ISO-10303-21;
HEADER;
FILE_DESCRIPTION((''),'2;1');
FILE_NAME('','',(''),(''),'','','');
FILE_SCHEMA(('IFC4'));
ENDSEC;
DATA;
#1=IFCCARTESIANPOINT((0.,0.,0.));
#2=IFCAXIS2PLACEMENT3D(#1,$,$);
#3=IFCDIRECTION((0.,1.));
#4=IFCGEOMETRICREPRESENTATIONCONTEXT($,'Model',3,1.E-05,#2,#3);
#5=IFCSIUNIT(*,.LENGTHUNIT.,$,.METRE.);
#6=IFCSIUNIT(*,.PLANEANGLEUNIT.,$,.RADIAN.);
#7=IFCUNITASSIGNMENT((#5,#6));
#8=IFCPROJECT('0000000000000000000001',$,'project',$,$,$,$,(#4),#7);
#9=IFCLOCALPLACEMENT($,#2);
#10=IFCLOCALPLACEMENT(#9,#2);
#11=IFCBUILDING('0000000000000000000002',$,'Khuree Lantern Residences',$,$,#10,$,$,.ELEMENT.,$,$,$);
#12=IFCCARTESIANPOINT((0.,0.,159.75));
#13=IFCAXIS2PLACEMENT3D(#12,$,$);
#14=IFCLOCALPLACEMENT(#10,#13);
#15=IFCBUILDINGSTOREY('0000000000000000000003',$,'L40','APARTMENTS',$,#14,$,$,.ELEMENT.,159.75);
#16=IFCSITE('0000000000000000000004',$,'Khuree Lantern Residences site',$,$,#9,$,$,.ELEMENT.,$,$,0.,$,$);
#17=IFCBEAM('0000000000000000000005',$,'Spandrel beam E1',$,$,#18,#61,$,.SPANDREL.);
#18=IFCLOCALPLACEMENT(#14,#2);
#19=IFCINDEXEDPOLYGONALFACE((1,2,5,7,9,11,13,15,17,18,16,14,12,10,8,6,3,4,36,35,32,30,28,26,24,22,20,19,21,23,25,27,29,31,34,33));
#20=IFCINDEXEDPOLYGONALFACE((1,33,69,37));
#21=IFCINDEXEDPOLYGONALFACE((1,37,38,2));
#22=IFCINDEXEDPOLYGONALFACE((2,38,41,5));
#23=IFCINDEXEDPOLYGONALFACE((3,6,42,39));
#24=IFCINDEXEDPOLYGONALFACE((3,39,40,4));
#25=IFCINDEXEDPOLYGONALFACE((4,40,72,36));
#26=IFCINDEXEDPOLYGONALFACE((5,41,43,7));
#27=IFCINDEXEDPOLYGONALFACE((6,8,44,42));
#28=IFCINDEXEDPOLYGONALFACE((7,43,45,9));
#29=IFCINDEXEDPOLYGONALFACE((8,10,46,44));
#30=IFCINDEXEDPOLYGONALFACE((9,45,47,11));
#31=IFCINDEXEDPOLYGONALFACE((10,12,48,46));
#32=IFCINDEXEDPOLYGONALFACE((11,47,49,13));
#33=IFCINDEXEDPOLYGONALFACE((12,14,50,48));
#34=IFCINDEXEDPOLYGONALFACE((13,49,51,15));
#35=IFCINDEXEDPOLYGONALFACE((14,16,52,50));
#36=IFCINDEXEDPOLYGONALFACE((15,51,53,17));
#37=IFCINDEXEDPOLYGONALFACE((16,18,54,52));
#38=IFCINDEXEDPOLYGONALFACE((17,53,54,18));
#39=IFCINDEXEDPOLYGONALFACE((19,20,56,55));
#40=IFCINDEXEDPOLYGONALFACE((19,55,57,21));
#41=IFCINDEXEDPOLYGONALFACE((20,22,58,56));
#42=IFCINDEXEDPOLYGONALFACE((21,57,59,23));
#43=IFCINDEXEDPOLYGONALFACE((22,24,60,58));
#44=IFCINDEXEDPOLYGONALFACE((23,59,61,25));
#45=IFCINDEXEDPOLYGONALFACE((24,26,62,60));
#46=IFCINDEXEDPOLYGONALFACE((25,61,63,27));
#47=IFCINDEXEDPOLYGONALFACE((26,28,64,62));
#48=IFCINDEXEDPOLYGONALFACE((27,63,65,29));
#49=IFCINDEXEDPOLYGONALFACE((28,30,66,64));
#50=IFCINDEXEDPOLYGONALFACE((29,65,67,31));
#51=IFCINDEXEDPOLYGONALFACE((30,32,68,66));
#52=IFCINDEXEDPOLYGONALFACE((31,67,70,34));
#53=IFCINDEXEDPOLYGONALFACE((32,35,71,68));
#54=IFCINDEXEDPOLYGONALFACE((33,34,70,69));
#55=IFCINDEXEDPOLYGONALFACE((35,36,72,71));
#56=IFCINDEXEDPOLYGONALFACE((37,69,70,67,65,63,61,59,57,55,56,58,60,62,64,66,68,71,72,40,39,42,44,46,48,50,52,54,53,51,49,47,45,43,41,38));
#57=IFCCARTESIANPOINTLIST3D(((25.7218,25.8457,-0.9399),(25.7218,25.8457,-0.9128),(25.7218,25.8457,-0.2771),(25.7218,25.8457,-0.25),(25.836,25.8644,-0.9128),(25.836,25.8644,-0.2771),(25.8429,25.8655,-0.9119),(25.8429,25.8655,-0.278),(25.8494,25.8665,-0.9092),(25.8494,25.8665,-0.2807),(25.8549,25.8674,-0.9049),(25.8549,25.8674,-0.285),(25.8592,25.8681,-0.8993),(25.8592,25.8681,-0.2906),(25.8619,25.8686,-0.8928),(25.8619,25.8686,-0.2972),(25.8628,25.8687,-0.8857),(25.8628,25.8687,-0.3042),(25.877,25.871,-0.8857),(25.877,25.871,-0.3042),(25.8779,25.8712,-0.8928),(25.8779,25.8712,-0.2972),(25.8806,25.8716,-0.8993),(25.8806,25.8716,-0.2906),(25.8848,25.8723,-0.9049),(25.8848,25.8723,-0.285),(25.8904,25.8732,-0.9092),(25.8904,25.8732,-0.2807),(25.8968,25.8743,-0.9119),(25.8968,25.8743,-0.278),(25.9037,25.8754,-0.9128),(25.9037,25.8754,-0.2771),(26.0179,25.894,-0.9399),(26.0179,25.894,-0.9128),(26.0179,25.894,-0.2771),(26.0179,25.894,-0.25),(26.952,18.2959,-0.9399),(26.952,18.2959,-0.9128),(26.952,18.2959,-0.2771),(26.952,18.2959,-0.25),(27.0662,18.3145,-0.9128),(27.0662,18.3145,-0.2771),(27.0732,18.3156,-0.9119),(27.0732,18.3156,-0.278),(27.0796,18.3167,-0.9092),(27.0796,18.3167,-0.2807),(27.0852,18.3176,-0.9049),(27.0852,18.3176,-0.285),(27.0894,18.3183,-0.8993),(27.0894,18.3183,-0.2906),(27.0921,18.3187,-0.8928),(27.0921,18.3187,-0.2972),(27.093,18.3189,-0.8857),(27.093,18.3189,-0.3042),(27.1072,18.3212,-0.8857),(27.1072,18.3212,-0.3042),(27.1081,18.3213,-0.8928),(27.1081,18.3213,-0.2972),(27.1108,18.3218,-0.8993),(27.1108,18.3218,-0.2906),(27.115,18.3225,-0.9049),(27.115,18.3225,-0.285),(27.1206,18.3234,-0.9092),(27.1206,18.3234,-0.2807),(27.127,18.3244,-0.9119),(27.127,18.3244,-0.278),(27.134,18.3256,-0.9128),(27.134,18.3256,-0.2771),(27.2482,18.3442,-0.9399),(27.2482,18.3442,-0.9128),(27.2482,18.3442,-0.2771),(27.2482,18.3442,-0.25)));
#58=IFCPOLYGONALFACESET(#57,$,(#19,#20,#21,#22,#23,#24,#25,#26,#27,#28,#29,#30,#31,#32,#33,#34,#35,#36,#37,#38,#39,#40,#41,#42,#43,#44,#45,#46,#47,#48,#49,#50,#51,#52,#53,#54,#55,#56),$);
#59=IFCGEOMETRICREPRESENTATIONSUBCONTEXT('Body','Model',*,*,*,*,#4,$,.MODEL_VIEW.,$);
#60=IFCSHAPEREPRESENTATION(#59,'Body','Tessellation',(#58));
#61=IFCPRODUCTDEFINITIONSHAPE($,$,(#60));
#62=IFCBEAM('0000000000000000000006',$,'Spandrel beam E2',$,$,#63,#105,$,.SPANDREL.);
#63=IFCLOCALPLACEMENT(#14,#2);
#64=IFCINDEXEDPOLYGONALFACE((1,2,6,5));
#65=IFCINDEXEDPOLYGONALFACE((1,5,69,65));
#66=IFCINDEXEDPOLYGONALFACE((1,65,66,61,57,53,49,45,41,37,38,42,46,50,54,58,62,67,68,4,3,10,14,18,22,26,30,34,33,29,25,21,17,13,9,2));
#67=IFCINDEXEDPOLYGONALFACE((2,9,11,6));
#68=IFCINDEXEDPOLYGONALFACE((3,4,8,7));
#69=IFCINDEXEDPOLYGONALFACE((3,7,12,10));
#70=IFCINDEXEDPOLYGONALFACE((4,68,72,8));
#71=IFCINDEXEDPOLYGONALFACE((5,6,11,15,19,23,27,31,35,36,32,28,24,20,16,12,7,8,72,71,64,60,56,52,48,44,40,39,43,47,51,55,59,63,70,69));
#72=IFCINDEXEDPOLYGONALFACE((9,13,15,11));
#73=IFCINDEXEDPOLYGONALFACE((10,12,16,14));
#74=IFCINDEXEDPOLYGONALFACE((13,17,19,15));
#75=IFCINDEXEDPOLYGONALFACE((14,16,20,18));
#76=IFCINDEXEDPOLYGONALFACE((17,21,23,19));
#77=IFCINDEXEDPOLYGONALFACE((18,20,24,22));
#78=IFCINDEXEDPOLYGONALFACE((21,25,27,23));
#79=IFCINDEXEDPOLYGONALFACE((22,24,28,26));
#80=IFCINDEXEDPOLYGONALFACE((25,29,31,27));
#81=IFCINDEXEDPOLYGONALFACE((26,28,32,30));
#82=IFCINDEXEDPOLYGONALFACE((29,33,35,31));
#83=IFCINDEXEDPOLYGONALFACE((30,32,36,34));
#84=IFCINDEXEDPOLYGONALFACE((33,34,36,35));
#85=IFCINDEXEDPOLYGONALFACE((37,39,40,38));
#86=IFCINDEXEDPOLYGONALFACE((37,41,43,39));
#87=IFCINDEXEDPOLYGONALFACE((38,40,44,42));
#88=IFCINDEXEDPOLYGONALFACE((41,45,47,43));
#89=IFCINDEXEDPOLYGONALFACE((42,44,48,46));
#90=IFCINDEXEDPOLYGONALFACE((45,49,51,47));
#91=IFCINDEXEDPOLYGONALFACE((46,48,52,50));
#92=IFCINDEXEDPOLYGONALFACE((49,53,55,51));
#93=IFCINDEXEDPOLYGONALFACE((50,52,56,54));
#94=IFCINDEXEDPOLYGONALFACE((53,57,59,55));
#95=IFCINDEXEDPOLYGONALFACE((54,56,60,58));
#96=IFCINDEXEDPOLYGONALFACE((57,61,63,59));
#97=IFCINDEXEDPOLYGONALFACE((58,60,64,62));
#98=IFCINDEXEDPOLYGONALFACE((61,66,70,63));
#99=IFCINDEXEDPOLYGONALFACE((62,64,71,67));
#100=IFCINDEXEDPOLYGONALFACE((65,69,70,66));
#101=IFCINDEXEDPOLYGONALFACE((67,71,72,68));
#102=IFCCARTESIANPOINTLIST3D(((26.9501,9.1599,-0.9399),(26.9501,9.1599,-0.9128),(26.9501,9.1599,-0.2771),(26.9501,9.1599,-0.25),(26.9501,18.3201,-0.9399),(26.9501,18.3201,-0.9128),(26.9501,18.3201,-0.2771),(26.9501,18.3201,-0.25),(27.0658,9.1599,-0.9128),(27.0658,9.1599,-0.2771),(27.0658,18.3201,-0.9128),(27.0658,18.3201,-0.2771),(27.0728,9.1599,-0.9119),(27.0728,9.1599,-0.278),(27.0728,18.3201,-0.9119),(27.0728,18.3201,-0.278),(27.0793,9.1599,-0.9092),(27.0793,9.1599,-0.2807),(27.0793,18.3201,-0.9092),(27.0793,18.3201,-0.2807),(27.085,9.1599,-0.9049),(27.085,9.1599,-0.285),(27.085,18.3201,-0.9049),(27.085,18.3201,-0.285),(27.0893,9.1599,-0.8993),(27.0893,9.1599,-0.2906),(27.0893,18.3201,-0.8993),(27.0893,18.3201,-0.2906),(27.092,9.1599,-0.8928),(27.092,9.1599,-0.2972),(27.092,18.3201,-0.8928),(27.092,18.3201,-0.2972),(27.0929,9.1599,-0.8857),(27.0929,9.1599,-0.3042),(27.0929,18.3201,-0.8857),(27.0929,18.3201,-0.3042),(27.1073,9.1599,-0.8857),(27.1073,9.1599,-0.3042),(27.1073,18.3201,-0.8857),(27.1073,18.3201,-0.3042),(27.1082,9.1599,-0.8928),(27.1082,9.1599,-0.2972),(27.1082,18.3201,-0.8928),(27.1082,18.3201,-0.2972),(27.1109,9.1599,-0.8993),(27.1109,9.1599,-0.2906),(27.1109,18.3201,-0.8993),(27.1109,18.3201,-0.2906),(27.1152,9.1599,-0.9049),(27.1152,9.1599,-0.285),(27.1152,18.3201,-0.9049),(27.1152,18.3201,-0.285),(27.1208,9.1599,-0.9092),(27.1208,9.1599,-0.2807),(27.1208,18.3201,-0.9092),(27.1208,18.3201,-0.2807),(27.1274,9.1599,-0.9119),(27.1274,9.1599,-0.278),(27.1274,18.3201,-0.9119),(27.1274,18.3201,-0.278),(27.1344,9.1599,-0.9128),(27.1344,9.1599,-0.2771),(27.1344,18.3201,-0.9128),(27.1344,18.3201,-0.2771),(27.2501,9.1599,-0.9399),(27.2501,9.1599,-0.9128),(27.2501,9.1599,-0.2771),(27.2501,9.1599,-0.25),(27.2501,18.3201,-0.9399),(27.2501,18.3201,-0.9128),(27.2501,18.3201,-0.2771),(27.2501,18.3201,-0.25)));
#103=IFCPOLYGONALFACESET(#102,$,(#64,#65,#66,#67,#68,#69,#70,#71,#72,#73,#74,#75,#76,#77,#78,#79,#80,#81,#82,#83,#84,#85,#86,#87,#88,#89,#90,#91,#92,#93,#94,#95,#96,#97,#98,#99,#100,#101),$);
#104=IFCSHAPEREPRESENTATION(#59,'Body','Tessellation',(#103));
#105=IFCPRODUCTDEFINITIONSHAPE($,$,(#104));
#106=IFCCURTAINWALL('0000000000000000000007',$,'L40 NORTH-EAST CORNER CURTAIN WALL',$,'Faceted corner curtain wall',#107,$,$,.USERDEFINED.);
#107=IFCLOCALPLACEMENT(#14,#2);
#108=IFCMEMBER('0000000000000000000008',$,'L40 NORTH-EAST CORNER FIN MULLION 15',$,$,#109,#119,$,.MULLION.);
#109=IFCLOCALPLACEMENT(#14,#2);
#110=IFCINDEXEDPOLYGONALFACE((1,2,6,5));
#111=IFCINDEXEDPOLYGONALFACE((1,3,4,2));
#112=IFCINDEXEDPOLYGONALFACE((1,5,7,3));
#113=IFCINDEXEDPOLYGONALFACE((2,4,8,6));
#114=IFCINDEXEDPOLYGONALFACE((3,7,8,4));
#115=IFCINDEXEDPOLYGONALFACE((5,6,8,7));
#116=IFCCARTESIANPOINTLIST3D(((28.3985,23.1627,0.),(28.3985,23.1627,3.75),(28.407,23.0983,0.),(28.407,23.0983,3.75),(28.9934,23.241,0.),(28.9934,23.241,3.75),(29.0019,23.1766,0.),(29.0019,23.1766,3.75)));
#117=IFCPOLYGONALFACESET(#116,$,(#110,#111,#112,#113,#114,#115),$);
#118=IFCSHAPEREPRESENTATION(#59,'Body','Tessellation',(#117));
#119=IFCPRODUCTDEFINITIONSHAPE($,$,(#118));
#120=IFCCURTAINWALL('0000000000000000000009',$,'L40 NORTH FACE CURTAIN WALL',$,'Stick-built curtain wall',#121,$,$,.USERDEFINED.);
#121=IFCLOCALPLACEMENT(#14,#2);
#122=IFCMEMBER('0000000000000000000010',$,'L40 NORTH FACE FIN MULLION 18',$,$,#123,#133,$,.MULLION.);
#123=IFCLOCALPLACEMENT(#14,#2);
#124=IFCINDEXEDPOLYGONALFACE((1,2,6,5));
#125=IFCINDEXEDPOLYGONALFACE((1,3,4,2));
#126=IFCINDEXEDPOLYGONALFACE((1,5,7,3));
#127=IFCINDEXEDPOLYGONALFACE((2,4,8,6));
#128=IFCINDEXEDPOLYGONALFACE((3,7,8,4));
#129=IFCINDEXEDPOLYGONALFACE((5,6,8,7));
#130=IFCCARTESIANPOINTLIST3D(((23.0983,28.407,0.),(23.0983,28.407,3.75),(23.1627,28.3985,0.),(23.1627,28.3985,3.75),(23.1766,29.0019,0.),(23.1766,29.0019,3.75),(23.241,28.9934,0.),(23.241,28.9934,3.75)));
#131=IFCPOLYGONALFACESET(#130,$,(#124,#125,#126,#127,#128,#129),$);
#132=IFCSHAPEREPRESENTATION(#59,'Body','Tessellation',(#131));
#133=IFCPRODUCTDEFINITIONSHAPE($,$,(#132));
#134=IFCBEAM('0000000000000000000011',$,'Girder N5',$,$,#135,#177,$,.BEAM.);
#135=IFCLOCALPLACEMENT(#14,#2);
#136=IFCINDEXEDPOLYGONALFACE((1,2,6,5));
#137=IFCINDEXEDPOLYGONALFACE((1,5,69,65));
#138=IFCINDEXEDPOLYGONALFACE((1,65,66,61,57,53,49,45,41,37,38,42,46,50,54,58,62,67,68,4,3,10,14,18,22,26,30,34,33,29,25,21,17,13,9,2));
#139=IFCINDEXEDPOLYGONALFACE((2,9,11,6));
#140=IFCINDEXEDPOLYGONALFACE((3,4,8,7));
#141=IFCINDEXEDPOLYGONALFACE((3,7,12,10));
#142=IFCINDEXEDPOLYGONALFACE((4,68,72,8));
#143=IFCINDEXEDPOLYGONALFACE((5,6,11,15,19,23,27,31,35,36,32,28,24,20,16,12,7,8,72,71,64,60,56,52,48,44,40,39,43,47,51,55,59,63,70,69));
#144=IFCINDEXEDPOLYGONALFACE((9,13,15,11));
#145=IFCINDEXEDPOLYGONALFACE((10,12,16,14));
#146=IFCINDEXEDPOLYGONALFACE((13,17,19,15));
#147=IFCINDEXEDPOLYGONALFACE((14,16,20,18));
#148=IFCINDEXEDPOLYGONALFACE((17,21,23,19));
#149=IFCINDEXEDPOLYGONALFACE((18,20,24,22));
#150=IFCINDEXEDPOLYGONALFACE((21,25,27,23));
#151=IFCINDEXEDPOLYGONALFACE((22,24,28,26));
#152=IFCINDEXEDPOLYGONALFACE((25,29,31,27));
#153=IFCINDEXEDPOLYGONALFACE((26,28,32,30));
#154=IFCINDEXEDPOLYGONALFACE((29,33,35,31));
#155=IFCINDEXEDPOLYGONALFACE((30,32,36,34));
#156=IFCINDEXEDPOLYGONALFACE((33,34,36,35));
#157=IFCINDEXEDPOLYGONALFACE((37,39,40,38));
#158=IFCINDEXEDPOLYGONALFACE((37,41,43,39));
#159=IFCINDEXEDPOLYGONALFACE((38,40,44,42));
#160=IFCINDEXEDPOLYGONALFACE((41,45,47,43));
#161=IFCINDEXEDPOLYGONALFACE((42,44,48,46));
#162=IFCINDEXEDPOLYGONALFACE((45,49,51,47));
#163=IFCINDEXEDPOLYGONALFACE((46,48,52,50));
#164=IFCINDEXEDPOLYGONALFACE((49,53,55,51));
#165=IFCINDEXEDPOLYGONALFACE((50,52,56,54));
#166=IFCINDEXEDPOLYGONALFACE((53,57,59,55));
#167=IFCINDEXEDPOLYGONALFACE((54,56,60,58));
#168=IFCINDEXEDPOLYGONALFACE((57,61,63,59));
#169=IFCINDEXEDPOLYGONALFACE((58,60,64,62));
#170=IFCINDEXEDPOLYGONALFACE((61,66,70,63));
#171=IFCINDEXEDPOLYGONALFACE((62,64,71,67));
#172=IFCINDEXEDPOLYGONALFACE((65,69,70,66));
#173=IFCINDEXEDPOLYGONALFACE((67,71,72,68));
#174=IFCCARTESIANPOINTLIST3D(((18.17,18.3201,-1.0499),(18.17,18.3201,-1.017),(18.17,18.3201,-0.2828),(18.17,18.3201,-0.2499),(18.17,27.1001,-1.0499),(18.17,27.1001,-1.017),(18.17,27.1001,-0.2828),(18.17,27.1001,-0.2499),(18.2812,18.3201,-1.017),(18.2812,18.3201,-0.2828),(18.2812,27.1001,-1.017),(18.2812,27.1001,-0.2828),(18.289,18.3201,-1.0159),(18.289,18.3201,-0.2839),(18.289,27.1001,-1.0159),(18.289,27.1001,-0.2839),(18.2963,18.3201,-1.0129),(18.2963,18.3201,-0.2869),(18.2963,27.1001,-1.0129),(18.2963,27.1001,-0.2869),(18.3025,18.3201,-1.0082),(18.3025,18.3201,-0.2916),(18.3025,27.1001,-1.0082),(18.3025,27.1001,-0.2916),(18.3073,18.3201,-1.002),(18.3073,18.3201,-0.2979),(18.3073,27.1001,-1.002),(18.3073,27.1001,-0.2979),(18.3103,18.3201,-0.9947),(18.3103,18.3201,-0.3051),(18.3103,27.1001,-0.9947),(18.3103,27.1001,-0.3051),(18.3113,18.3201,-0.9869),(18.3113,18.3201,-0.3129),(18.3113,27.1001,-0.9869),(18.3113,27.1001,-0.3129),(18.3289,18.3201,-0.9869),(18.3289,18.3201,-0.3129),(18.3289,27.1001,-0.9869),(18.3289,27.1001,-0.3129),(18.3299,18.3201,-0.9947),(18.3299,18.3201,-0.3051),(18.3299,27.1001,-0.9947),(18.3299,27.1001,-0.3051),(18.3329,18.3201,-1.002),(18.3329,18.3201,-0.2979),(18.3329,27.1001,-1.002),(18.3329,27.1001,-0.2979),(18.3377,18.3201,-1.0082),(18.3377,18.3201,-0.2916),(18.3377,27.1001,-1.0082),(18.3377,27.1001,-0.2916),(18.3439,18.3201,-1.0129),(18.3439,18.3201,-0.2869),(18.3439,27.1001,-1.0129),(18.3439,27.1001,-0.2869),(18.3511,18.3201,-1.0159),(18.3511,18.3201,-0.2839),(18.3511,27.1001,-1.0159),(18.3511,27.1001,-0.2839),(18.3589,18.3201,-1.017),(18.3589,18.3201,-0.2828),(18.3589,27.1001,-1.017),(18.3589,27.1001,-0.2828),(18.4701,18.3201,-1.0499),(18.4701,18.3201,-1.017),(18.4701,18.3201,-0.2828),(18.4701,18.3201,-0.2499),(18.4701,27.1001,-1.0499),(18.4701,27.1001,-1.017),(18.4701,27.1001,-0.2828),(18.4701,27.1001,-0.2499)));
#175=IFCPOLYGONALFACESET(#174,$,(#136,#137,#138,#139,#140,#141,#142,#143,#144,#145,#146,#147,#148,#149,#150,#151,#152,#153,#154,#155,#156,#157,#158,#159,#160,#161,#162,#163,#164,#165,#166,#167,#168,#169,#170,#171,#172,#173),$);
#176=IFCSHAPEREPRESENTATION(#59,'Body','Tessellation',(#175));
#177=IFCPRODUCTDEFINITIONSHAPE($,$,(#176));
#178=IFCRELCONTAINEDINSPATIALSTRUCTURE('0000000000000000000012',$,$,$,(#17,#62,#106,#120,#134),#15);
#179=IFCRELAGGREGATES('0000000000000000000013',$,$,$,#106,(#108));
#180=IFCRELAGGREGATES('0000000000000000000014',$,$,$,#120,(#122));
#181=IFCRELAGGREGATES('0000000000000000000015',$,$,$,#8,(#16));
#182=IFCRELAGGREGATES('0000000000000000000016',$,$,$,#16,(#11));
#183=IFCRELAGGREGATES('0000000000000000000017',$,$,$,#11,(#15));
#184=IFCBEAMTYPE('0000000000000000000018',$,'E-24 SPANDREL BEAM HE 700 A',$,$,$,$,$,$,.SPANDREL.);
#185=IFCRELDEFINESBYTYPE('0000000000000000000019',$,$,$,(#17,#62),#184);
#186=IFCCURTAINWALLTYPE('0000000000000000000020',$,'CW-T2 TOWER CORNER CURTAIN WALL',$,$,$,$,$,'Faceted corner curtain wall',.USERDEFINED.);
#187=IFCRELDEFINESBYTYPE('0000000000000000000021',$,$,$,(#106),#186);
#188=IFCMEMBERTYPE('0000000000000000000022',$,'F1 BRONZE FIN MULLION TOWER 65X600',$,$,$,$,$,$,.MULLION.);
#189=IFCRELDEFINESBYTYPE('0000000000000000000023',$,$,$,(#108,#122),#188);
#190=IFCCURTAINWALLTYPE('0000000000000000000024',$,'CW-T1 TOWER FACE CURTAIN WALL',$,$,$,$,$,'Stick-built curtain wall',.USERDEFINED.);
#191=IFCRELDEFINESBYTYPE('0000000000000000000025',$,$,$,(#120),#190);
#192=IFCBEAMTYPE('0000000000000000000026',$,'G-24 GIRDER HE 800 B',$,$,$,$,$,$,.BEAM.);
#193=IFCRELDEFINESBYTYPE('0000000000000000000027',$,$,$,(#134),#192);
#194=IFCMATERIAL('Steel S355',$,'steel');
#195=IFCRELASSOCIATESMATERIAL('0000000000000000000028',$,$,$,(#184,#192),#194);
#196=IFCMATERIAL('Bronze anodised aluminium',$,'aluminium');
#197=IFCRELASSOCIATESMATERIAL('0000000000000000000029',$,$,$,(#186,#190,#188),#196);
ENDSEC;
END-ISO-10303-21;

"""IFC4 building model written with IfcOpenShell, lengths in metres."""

from ifc_helpers import new_model, si_unit, direction, frame, origin, origin_2d, place, context, subcontext, project, spatial, rectangle, i_section, extrude, material, material_profile, profile_set, type_object, element, aggregate, save


model = new_model("IFC4")

# Units and contexts
model_context = context("Model", 3, precision=1e-05, world=origin(), true_north=direction((0.0, 1.0)))
body_context = subcontext(model_context, "Body", "Model", "MODEL_VIEW")
ifc_project = project(units=[si_unit("LENGTHUNIT", "METRE"), si_unit("PLANEANGLEUNIT", "RADIAN")], contexts=[model_context])

# Site, building, storey
site_placement = place(None, origin())
site = spatial("IfcSite", under=ifc_project, at=site_placement, Name="Khuree Lantern Residences site", CompositionType="ELEMENT", RefElevation=0.0)
building_placement = place(site_placement, origin())
building = spatial("IfcBuilding", under=site, at=building_placement, Name="Khuree Lantern Residences", CompositionType="ELEMENT")
storey_placement = place(building_placement, frame((0.0, 0.0, 159.75)))
storey = spatial("IfcBuildingStorey", under=building, at=storey_placement, Name="L40", Description="APARTMENTS", CompositionType="ELEMENT", Elevation=159.75)

# Beams
ifc_material_1 = material(Name="Steel S355", Category="steel")
ifc_material_profile_1 = material_profile(ifc_material_1, i_section(OverallWidth=0.3, OverallDepth=0.6899, WebThickness=0.0144, FlangeThickness=0.0271, FilletRadius=0.0271, at=origin_2d()), Name="HE 700 A")
ifc_profile_set_1 = profile_set([ifc_material_profile_1], Name="Steel S355")
beam_type_1 = type_object("IfcBeamType", Name="E-24 SPANDREL BEAM HE 700 A", PredefinedType="SPANDREL", material=ifc_profile_set_1)
for number, where, z_axis, x_axis, name in (
    (1, (25.8699, 25.8699, -0.595), (0.160827, -0.986983, 0.0), (0.986983, 0.160827, 0.0), "Spandrel beam E1"),
):
    element("IfcBeam", number, at=place(storey_placement, frame(where, z_axis=z_axis, x_axis=x_axis)), inside=storey, type_object=beam_type_1, Name=name, PredefinedType="SPANDREL", context=body_context, shape_type="SweptSolid", body=[
        extrude(i_section(OverallWidth=0.3, OverallDepth=0.6899, WebThickness=0.0144, FlangeThickness=0.0271, FilletRadius=0.0271, at=origin_2d()), origin(), (0.0, 0.0, 1.0), 7.6494),
    ])
beam_1_placement = place(storey_placement, frame((27.1001, 18.3201, -0.595), z_axis=(0.0, -1.0, 0.0), x_axis=(1.0, 0.0, 0.0)))
element("IfcBeam", 2, at=beam_1_placement, inside=storey, type_object=beam_type_1, Name="Spandrel beam E2", PredefinedType="SPANDREL", context=body_context, shape_type="SweptSolid", body=[
    extrude(i_section(OverallWidth=0.3, OverallDepth=0.6899, WebThickness=0.0144, FlangeThickness=0.0271, FilletRadius=0.0271, at=origin_2d()), origin(), (0.0, 0.0, 1.0), 9.1602),
])

# Curtain walls, members
ifc_material_2 = material(Name="Bronze anodised aluminium", Category="aluminium")
curtain_wall_type_1 = type_object("IfcCurtainWallType", Name="CW-T2 TOWER CORNER CURTAIN WALL", ElementType="Faceted corner curtain wall", PredefinedType="USERDEFINED", material=ifc_material_2)
curtain_wall_1_placement = place(storey_placement, origin())
curtain_wall_1 = element("IfcCurtainWall", 3, at=curtain_wall_1_placement, inside=storey, type_object=curtain_wall_type_1, Name="L40 NORTH-EAST CORNER CURTAIN WALL", ObjectType="Faceted corner curtain wall", PredefinedType="USERDEFINED")
ifc_material_profile_2 = material_profile(ifc_material_2, rectangle(XDim=0.0649, YDim=0.6001, at=origin_2d()), Name="F1 65X600")
ifc_profile_set_2 = profile_set([ifc_material_profile_2], Name="Bronze anodised aluminium")
member_type_1 = type_object("IfcMemberType", Name="F1 BRONZE FIN MULLION TOWER 65X600", PredefinedType="MULLION", material=ifc_profile_set_2)
member_1_placement = place(storey_placement, frame((28.7002, 23.1697, 0.0), z_axis=(0.0, 0.0, 1.0), x_axis=(-0.130526, 0.991445, 0.0)))
member_1 = element("IfcMember", 4, at=member_1_placement, type_object=member_type_1, Name="L40 NORTH-EAST CORNER FIN MULLION 15", PredefinedType="MULLION", context=body_context, shape_type="SweptSolid", body=[
    extrude(rectangle(XDim=0.0649, YDim=0.6001, at=origin_2d()), origin(), (0.0, 0.0, 1.0), 3.75),
])
curtain_wall_type_2 = type_object("IfcCurtainWallType", Name="CW-T1 TOWER FACE CURTAIN WALL", ElementType="Stick-built curtain wall", PredefinedType="USERDEFINED", material=ifc_material_2)
curtain_wall_2_placement = place(storey_placement, origin())
curtain_wall_2 = element("IfcCurtainWall", 5, at=curtain_wall_2_placement, inside=storey, type_object=curtain_wall_type_2, Name="L40 NORTH FACE CURTAIN WALL", ObjectType="Stick-built curtain wall", PredefinedType="USERDEFINED")
member_2_placement = place(storey_placement, frame((23.1697, 28.7002, 0.0), z_axis=(0.0, 0.0, 1.0), x_axis=(-0.991445, 0.130526, 0.0)))
member_2 = element("IfcMember", 6, at=member_2_placement, type_object=member_type_1, Name="L40 NORTH FACE FIN MULLION 18", PredefinedType="MULLION", context=body_context, shape_type="SweptSolid", body=[
    extrude(rectangle(XDim=0.0649, YDim=0.6001, at=origin_2d()), origin(), (0.0, 0.0, 1.0), 3.75),
])

# Beam
ifc_material_profile_3 = material_profile(ifc_material_1, i_section(OverallWidth=0.3, OverallDepth=0.8, WebThickness=0.0176, FlangeThickness=0.033, FilletRadius=0.03, at=origin_2d()), Name="HE 800 B")
ifc_profile_set_3 = profile_set([ifc_material_profile_3], Name="Steel S355")
beam_type_2 = type_object("IfcBeamType", Name="G-24 GIRDER HE 800 B", PredefinedType="BEAM", material=ifc_profile_set_3)
for number, where, z_axis, x_axis, name in (
    (7, (18.3201, 27.1001, -0.6499), (0.0, -1.0, 0.0), (1.0, 0.0, 0.0), "Girder N5"),
):
    element("IfcBeam", number, at=place(storey_placement, frame(where, z_axis=z_axis, x_axis=x_axis)), inside=storey, type_object=beam_type_2, Name=name, PredefinedType="BEAM", context=body_context, shape_type="SweptSolid", body=[
        extrude(i_section(OverallWidth=0.3, OverallDepth=0.8, WebThickness=0.0176, FlangeThickness=0.033, FilletRadius=0.03, at=origin_2d()), origin(), (0.0, 0.0, 1.0), 8.78),
    ])

aggregate(curtain_wall_1, [member_1])
aggregate(curtain_wall_2, [member_2])

save(model, "model.ifc")
